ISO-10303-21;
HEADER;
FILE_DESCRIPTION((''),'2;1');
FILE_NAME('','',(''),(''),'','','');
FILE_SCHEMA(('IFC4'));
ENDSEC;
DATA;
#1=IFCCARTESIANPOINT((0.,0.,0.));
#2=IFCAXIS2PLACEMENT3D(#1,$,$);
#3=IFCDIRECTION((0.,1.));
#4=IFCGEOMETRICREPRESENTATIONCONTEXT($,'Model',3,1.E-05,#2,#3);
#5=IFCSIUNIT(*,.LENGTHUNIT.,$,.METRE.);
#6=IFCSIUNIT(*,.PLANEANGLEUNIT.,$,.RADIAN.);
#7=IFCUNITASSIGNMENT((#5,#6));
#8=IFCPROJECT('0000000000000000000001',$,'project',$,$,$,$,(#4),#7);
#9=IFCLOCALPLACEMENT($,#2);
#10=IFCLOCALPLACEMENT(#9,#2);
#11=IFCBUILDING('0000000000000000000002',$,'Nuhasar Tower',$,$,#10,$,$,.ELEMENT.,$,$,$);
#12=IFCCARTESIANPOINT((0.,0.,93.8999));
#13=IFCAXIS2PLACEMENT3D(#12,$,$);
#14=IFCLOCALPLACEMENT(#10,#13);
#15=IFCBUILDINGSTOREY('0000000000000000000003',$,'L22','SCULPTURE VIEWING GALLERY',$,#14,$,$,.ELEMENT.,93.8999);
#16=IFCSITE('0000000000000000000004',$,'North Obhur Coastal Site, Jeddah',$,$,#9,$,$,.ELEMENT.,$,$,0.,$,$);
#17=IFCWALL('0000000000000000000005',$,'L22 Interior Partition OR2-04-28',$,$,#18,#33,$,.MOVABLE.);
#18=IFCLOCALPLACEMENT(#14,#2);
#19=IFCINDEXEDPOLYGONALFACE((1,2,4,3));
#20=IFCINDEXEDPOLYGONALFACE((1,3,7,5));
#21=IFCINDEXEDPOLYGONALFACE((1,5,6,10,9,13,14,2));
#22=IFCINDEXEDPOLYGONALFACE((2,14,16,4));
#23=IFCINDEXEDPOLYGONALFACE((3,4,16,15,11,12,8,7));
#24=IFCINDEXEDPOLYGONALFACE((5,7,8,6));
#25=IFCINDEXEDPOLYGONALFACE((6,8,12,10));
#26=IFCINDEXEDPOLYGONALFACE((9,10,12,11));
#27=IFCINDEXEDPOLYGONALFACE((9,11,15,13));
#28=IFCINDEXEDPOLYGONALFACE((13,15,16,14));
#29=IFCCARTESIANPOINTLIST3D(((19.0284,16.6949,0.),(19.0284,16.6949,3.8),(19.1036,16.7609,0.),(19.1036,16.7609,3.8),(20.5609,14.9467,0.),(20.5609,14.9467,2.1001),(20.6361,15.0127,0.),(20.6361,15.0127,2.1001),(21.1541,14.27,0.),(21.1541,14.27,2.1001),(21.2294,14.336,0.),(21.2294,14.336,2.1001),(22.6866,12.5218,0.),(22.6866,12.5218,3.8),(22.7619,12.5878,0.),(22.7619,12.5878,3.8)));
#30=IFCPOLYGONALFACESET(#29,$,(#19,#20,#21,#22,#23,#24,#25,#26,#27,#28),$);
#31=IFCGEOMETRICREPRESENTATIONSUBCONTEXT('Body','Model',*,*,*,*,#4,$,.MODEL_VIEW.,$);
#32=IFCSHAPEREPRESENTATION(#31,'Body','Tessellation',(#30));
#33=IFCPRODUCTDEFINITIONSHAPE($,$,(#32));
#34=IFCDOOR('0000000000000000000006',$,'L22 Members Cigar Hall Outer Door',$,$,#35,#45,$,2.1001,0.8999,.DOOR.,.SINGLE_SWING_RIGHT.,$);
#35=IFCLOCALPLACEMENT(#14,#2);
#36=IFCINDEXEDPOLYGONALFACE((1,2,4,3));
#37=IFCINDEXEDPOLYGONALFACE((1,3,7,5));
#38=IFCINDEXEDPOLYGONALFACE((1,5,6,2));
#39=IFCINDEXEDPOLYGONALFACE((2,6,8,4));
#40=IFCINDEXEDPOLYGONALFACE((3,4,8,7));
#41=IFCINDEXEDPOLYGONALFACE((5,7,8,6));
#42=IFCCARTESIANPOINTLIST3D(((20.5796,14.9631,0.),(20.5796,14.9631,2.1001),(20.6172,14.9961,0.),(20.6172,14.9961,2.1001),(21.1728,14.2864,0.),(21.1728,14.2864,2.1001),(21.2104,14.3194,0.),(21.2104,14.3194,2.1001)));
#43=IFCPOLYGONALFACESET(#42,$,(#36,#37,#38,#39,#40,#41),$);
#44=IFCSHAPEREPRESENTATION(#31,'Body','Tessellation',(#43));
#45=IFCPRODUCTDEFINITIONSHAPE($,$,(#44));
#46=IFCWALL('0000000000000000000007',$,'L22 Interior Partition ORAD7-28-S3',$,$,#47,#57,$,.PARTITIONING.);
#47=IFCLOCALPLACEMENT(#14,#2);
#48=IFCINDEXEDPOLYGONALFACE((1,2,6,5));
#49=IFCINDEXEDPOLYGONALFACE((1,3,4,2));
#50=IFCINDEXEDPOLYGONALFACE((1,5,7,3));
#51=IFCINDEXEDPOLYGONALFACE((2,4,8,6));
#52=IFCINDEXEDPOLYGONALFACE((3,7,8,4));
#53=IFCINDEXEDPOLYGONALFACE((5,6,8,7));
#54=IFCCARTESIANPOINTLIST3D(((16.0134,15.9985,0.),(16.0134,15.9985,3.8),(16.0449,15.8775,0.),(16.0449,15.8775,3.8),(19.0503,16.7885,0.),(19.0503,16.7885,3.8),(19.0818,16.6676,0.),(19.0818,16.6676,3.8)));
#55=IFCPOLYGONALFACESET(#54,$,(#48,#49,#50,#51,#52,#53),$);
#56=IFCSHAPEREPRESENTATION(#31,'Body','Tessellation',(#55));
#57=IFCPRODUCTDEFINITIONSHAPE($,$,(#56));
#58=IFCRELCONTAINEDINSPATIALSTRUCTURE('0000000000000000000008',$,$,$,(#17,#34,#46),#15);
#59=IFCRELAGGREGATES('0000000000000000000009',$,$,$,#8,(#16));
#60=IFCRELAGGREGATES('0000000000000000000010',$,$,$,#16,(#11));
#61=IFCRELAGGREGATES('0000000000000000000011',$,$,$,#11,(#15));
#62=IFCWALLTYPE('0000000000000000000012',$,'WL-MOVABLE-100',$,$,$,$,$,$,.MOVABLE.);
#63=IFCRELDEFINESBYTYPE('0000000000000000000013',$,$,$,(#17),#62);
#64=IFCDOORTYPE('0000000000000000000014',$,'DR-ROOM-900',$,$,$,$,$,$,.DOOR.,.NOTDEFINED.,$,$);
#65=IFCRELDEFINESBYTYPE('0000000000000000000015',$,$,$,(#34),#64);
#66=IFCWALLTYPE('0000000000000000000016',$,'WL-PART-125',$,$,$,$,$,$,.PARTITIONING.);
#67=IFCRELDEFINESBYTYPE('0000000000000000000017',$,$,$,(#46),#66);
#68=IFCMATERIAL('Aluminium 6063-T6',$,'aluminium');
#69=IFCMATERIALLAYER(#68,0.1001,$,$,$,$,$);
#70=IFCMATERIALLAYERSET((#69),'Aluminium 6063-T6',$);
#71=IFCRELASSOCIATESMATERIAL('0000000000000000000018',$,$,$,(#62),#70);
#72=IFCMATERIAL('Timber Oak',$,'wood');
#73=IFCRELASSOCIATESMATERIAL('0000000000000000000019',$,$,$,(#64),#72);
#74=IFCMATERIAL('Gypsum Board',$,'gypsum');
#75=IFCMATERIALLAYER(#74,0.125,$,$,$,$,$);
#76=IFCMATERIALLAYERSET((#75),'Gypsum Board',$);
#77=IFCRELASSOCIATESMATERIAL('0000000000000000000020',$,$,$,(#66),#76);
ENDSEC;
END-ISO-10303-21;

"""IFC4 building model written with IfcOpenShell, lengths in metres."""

from ifc_helpers import new_model, si_unit, direction, frame, frame_2d, origin, place, context, subcontext, project, spatial, rectangle, extrude, material, layer, layer_set, type_object, element, fill, save


model = new_model("IFC4")

# Units and contexts
model_context = context("Model", 3, precision=1e-05, world=origin(), true_north=direction((0.0, 1.0)))
body_context = subcontext(model_context, "Body", "Model", "MODEL_VIEW")
ifc_project = project(units=[si_unit("LENGTHUNIT", "METRE"), si_unit("PLANEANGLEUNIT", "RADIAN")], contexts=[model_context])

# Site, building, storey
site_placement = place(None, origin())
site = spatial("IfcSite", under=ifc_project, at=site_placement, Name="North Obhur Coastal Site, Jeddah", CompositionType="ELEMENT", RefElevation=0.0)
building_placement = place(site_placement, origin())
building = spatial("IfcBuilding", under=site, at=building_placement, Name="Nuhasar Tower", CompositionType="ELEMENT")
storey_placement = place(building_placement, frame((0.0, 0.0, 93.8999)))
storey = spatial("IfcBuildingStorey", under=building, at=storey_placement, Name="L22", Description="SCULPTURE VIEWING GALLERY", CompositionType="ELEMENT", Elevation=93.8999)

# Shared definitions
ifc_material_1 = material(Name="Aluminium 6063-T6", Category="aluminium")

# Shared definitions
ifc_layer_1 = layer(ifc_material_1, 0.1001)
ifc_layer_set_1 = layer_set([ifc_layer_1], Name="Aluminium 6063-T6")
wall_type_1 = type_object("IfcWallType", Name="WL-MOVABLE-100", PredefinedType="MOVABLE", material=ifc_layer_set_1)

# Wall, opening, door
wall_1_placement = place(storey_placement, frame((19.0659, 16.728, 0.0), z_axis=(0.0, 0.0, 1.0), x_axis=(0.659193, -0.751974, 0.0)))
wall_1 = element("IfcWall", 1, at=wall_1_placement, inside=storey, type_object=wall_type_1, Name="L22 Interior Partition OR2-04-28", PredefinedType="MOVABLE", context=body_context, shape_type="SweptSolid", body=[
    extrude(rectangle(XDim=5.5496, YDim=0.1001, at=frame_2d((2.7749, 0.0))), origin(), (0.0, 0.0, 1.0), 3.8),
])
opening_placement = place(wall_1_placement, frame((2.325, 0.0, 0.0)))
opening = element("IfcOpeningElement", 2, at=opening_placement, cuts=wall_1, PredefinedType="OPENING", context=body_context, shape_type="SweptSolid", body=[
    extrude(rectangle(XDim=0.8999, YDim=2.1001, at=frame_2d((0.45, 1.05))), frame((0.0, 0.0601, 0.0), z_axis=(0.0, -1.0, 0.0), x_axis=(1.0, 0.0, 0.0)), (0.0, 0.0, 1.0), 0.1201),
])
ifc_material_2 = material(Name="Timber Oak", Category="wood")
door_type = type_object("IfcDoorType", Name="DR-ROOM-900", OperationType="NOTDEFINED", PredefinedType="DOOR", material=ifc_material_2)
door_placement = place(opening_placement, origin())
door = element("IfcDoor", 3, at=door_placement, inside=storey, type_object=door_type, Name="L22 Members Cigar Hall Outer Door", OperationType="SINGLE_SWING_RIGHT", OverallHeight=2.1001, OverallWidth=0.8999, PredefinedType="DOOR", context=body_context, shape_type="SweptSolid", body=[
    extrude(rectangle(XDim=0.8999, YDim=2.1001, at=frame_2d((0.45, 1.05))), frame((0.0, 0.0249, 0.0), z_axis=(0.0, -1.0, 0.0), x_axis=(1.0, 0.0, 0.0)), (0.0, 0.0, 1.0), 0.05),
])
fill(opening, door)

# Wall
ifc_material_3 = material(Name="Gypsum Board", Category="gypsum")
ifc_layer_2 = layer(ifc_material_3, 0.125)
ifc_layer_set_2 = layer_set([ifc_layer_2], Name="Gypsum Board")
wall_type_2 = type_object("IfcWallType", Name="WL-PART-125", PredefinedType="PARTITIONING", material=ifc_layer_set_2)
wall_2_placement = place(storey_placement, frame((19.0659, 16.728, 0.0), z_axis=(0.0, 0.0, 1.0), x_axis=(-0.967787, -0.251769, 0.0)))
element("IfcWall", 4, at=wall_2_placement, inside=storey, type_object=wall_type_2, Name="L22 Interior Partition ORAD7-28-S3", PredefinedType="PARTITIONING", context=body_context, shape_type="SweptSolid", body=[
    extrude(rectangle(XDim=3.1379, YDim=0.125, at=frame_2d((1.5688, 0.0))), origin(), (0.0, 0.0, 1.0), 3.8),
])

save(model, "model.ifc")
